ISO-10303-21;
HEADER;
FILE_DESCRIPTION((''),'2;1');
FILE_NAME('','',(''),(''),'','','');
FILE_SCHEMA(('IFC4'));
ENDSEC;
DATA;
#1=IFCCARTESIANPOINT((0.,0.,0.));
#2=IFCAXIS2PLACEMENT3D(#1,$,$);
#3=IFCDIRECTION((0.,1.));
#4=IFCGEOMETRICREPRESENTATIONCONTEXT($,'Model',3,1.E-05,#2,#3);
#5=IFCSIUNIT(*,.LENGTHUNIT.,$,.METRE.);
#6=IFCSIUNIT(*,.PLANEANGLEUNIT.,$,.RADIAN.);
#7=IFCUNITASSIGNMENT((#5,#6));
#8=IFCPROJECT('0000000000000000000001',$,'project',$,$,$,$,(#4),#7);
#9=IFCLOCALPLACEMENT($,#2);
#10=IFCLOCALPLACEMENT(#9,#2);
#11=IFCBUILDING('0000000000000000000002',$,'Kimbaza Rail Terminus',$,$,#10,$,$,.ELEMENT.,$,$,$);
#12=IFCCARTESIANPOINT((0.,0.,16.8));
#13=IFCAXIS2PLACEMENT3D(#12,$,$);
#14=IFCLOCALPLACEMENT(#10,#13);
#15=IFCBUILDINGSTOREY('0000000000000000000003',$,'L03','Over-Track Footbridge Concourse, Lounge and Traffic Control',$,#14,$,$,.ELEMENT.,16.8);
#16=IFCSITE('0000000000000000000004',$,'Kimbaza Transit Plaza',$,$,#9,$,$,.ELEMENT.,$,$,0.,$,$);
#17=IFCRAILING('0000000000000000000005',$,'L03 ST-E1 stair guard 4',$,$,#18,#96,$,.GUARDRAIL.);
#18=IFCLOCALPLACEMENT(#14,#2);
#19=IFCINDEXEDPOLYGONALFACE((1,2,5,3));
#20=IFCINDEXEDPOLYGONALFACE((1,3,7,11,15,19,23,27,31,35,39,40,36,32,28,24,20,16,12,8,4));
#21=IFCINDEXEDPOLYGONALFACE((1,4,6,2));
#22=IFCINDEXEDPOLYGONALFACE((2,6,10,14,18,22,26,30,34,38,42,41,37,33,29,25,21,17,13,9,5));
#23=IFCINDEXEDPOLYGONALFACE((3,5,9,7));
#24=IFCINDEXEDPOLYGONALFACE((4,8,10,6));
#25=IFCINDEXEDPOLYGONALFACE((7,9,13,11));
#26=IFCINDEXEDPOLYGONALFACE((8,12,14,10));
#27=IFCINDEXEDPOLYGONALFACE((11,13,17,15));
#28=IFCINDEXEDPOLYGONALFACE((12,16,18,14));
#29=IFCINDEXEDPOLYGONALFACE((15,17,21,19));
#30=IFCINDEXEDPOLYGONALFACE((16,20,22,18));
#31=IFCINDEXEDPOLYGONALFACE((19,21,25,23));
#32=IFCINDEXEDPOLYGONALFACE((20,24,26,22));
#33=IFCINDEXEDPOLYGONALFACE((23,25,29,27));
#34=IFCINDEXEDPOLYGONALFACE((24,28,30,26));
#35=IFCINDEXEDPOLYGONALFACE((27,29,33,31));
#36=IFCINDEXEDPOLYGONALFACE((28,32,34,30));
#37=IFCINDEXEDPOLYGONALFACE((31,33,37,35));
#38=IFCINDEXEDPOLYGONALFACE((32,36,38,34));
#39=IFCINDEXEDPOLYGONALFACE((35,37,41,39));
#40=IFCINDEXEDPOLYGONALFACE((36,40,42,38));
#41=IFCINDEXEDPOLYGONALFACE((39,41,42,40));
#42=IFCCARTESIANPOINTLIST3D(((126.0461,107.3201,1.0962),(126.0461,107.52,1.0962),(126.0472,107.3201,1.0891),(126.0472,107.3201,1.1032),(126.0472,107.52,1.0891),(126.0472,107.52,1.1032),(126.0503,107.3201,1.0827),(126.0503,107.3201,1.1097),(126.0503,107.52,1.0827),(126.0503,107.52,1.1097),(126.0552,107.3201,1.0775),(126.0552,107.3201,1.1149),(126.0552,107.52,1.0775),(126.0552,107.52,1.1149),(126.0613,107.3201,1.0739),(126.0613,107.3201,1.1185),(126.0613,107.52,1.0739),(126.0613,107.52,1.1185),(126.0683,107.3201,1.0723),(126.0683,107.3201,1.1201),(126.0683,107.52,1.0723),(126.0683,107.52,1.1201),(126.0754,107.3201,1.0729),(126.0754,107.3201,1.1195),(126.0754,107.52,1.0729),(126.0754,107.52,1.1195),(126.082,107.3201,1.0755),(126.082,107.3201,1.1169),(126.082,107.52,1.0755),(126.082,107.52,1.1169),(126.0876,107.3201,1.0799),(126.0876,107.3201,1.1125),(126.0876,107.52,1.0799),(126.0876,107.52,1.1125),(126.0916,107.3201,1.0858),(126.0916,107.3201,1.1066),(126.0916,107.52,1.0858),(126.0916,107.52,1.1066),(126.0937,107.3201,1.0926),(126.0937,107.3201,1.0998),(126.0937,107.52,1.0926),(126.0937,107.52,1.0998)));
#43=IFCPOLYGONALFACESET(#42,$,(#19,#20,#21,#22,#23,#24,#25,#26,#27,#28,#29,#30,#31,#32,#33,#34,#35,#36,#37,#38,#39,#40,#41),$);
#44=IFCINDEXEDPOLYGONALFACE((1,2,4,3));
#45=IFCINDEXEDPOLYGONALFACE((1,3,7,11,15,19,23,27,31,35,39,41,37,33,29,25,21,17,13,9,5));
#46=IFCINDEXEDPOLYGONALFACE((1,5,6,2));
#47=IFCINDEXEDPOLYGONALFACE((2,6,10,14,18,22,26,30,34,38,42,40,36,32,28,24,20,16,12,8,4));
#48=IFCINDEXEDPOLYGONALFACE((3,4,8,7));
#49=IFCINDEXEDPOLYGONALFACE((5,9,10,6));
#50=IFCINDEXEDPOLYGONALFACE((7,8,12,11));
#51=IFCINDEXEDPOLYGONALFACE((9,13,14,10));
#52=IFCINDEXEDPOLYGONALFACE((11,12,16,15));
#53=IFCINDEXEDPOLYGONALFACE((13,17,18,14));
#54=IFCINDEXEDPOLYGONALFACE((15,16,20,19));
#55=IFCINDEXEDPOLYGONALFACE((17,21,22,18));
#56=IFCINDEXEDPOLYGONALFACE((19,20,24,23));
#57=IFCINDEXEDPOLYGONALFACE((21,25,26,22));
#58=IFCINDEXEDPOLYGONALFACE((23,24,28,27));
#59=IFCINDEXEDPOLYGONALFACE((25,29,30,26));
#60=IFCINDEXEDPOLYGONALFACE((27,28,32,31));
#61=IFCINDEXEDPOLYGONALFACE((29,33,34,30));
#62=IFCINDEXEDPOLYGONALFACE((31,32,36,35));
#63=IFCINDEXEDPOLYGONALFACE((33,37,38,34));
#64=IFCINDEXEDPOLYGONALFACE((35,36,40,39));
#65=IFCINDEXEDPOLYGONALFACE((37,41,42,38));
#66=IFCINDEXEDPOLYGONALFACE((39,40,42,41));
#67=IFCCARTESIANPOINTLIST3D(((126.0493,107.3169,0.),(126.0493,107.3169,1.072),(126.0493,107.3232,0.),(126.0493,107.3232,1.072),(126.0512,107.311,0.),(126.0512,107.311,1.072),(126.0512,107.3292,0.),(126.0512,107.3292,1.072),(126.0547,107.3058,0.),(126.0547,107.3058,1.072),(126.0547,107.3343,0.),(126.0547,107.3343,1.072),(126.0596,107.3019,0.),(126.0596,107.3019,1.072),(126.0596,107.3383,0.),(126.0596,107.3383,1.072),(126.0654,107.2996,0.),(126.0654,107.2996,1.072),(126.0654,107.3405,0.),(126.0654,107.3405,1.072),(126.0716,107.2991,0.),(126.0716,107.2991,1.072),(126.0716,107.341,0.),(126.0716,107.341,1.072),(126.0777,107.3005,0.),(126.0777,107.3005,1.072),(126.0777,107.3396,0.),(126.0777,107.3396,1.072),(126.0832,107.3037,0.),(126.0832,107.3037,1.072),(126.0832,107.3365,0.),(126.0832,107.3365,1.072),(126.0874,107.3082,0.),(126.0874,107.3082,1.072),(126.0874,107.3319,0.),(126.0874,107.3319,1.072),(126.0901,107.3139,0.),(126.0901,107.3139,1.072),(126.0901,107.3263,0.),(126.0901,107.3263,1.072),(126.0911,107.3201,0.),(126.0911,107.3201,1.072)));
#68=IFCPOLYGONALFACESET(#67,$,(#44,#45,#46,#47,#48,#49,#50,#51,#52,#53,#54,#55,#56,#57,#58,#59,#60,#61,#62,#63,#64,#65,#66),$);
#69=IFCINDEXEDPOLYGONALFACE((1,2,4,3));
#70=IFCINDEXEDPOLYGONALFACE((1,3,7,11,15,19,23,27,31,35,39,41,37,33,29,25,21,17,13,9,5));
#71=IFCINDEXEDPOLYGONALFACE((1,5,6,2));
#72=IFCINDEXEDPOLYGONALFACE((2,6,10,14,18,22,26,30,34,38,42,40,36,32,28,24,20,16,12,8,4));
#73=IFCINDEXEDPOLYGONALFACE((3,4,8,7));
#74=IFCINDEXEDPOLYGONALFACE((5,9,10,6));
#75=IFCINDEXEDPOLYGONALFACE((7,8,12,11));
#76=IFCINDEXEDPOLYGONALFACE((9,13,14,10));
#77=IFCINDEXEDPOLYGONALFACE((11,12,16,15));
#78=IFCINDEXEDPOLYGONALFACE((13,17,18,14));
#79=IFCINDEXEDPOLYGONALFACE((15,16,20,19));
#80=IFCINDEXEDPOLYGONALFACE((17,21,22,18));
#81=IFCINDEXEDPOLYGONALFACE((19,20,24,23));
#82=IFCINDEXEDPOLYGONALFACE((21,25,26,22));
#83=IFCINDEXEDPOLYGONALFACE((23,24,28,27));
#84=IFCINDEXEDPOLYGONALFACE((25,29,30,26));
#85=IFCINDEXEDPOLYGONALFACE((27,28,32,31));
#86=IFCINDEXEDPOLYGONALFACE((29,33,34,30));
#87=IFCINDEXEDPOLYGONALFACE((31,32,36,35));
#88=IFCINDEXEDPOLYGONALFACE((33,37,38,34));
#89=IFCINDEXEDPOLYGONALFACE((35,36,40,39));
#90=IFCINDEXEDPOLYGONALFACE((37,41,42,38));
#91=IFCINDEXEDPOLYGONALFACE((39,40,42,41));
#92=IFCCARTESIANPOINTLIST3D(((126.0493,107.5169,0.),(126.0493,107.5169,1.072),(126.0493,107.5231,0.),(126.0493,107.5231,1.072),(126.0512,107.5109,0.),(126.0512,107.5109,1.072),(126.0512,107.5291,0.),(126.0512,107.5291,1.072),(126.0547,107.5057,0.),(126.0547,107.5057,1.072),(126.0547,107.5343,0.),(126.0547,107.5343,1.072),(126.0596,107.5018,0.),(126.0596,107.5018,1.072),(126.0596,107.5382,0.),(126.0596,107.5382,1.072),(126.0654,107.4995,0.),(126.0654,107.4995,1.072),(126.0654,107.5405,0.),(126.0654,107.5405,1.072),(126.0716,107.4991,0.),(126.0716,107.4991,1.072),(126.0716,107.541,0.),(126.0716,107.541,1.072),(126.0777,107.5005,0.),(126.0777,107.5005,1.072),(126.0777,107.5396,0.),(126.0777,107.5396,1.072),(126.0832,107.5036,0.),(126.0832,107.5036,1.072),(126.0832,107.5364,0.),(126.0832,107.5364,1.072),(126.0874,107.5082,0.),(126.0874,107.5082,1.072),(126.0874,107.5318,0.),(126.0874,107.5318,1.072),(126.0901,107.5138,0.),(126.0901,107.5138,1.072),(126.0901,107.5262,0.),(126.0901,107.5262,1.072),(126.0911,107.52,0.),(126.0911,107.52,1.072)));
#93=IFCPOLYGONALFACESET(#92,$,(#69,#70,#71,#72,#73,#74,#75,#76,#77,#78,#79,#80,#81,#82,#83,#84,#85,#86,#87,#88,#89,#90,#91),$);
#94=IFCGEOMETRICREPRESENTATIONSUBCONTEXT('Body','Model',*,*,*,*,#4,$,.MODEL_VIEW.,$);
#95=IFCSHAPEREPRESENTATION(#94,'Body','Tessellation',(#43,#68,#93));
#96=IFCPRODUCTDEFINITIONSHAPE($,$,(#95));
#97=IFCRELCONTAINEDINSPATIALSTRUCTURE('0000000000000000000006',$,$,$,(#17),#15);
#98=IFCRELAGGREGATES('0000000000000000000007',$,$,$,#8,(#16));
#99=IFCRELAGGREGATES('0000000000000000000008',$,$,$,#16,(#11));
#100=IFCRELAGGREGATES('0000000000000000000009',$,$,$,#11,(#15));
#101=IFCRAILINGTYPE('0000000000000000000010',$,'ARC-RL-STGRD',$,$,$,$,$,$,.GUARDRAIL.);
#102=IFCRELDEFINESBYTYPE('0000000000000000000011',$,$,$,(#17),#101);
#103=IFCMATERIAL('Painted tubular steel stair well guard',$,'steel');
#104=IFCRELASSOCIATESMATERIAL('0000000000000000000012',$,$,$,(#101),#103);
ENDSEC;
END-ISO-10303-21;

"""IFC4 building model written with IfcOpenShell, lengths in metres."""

from ifc_helpers import new_model, si_unit, direction, frame, origin, origin_2d, place, context, subcontext, project, spatial, circle, extrude, material, type_object, element, save


model = new_model("IFC4")

# Units and contexts
model_context = context("Model", 3, precision=1e-05, world=origin(), true_north=direction((0.0, 1.0)))
body_context = subcontext(model_context, "Body", "Model", "MODEL_VIEW")
ifc_project = project(units=[si_unit("LENGTHUNIT", "METRE"), si_unit("PLANEANGLEUNIT", "RADIAN")], contexts=[model_context])

# Site, building, storey
site_placement = place(None, origin())
site = spatial("IfcSite", under=ifc_project, at=site_placement, Name="Kimbaza Transit Plaza", CompositionType="ELEMENT", RefElevation=0.0)
building_placement = place(site_placement, origin())
building = spatial("IfcBuilding", under=site, at=building_placement, Name="Kimbaza Rail Terminus", CompositionType="ELEMENT")
storey_placement = place(building_placement, frame((0.0, 0.0, 16.8)))
storey = spatial("IfcBuildingStorey", under=building, at=storey_placement, Name="L03", Description="Over-Track Footbridge Concourse, Lounge and Traffic Control", CompositionType="ELEMENT", Elevation=16.8)

# Railing
ifc_material_1 = material(Name="Painted tubular steel stair well guard", Category="steel")
railing_type_1 = type_object("IfcRailingType", Name="ARC-RL-STGRD", PredefinedType="GUARDRAIL", material=ifc_material_1)
railing_1_placement = place(storey_placement, frame((126.0701, 107.3201, 0.0)))
element("IfcRailing", 1, at=railing_1_placement, inside=storey, type_object=railing_type_1, Name="L03 ST-E1 stair guard 4", PredefinedType="GUARDRAIL", context=body_context, shape_type="SweptSolid", body=[
    extrude(circle(Radius=0.0239, at=origin_2d()), frame((0.0, 0.0, 1.0962), z_axis=(0.0, 1.0, 0.0), x_axis=(-1.0, 0.0, 0.0)), (0.0, 0.0, 1.0), 0.2),
    extrude(circle(Radius=0.021, at=origin_2d()), origin(), (0.0, 0.0, 1.0), 1.072),
    extrude(circle(Radius=0.021, at=origin_2d()), frame((0.0, 0.2, 0.0)), (0.0, 0.0, 1.0), 1.072),
])

save(model, "model.ifc")
